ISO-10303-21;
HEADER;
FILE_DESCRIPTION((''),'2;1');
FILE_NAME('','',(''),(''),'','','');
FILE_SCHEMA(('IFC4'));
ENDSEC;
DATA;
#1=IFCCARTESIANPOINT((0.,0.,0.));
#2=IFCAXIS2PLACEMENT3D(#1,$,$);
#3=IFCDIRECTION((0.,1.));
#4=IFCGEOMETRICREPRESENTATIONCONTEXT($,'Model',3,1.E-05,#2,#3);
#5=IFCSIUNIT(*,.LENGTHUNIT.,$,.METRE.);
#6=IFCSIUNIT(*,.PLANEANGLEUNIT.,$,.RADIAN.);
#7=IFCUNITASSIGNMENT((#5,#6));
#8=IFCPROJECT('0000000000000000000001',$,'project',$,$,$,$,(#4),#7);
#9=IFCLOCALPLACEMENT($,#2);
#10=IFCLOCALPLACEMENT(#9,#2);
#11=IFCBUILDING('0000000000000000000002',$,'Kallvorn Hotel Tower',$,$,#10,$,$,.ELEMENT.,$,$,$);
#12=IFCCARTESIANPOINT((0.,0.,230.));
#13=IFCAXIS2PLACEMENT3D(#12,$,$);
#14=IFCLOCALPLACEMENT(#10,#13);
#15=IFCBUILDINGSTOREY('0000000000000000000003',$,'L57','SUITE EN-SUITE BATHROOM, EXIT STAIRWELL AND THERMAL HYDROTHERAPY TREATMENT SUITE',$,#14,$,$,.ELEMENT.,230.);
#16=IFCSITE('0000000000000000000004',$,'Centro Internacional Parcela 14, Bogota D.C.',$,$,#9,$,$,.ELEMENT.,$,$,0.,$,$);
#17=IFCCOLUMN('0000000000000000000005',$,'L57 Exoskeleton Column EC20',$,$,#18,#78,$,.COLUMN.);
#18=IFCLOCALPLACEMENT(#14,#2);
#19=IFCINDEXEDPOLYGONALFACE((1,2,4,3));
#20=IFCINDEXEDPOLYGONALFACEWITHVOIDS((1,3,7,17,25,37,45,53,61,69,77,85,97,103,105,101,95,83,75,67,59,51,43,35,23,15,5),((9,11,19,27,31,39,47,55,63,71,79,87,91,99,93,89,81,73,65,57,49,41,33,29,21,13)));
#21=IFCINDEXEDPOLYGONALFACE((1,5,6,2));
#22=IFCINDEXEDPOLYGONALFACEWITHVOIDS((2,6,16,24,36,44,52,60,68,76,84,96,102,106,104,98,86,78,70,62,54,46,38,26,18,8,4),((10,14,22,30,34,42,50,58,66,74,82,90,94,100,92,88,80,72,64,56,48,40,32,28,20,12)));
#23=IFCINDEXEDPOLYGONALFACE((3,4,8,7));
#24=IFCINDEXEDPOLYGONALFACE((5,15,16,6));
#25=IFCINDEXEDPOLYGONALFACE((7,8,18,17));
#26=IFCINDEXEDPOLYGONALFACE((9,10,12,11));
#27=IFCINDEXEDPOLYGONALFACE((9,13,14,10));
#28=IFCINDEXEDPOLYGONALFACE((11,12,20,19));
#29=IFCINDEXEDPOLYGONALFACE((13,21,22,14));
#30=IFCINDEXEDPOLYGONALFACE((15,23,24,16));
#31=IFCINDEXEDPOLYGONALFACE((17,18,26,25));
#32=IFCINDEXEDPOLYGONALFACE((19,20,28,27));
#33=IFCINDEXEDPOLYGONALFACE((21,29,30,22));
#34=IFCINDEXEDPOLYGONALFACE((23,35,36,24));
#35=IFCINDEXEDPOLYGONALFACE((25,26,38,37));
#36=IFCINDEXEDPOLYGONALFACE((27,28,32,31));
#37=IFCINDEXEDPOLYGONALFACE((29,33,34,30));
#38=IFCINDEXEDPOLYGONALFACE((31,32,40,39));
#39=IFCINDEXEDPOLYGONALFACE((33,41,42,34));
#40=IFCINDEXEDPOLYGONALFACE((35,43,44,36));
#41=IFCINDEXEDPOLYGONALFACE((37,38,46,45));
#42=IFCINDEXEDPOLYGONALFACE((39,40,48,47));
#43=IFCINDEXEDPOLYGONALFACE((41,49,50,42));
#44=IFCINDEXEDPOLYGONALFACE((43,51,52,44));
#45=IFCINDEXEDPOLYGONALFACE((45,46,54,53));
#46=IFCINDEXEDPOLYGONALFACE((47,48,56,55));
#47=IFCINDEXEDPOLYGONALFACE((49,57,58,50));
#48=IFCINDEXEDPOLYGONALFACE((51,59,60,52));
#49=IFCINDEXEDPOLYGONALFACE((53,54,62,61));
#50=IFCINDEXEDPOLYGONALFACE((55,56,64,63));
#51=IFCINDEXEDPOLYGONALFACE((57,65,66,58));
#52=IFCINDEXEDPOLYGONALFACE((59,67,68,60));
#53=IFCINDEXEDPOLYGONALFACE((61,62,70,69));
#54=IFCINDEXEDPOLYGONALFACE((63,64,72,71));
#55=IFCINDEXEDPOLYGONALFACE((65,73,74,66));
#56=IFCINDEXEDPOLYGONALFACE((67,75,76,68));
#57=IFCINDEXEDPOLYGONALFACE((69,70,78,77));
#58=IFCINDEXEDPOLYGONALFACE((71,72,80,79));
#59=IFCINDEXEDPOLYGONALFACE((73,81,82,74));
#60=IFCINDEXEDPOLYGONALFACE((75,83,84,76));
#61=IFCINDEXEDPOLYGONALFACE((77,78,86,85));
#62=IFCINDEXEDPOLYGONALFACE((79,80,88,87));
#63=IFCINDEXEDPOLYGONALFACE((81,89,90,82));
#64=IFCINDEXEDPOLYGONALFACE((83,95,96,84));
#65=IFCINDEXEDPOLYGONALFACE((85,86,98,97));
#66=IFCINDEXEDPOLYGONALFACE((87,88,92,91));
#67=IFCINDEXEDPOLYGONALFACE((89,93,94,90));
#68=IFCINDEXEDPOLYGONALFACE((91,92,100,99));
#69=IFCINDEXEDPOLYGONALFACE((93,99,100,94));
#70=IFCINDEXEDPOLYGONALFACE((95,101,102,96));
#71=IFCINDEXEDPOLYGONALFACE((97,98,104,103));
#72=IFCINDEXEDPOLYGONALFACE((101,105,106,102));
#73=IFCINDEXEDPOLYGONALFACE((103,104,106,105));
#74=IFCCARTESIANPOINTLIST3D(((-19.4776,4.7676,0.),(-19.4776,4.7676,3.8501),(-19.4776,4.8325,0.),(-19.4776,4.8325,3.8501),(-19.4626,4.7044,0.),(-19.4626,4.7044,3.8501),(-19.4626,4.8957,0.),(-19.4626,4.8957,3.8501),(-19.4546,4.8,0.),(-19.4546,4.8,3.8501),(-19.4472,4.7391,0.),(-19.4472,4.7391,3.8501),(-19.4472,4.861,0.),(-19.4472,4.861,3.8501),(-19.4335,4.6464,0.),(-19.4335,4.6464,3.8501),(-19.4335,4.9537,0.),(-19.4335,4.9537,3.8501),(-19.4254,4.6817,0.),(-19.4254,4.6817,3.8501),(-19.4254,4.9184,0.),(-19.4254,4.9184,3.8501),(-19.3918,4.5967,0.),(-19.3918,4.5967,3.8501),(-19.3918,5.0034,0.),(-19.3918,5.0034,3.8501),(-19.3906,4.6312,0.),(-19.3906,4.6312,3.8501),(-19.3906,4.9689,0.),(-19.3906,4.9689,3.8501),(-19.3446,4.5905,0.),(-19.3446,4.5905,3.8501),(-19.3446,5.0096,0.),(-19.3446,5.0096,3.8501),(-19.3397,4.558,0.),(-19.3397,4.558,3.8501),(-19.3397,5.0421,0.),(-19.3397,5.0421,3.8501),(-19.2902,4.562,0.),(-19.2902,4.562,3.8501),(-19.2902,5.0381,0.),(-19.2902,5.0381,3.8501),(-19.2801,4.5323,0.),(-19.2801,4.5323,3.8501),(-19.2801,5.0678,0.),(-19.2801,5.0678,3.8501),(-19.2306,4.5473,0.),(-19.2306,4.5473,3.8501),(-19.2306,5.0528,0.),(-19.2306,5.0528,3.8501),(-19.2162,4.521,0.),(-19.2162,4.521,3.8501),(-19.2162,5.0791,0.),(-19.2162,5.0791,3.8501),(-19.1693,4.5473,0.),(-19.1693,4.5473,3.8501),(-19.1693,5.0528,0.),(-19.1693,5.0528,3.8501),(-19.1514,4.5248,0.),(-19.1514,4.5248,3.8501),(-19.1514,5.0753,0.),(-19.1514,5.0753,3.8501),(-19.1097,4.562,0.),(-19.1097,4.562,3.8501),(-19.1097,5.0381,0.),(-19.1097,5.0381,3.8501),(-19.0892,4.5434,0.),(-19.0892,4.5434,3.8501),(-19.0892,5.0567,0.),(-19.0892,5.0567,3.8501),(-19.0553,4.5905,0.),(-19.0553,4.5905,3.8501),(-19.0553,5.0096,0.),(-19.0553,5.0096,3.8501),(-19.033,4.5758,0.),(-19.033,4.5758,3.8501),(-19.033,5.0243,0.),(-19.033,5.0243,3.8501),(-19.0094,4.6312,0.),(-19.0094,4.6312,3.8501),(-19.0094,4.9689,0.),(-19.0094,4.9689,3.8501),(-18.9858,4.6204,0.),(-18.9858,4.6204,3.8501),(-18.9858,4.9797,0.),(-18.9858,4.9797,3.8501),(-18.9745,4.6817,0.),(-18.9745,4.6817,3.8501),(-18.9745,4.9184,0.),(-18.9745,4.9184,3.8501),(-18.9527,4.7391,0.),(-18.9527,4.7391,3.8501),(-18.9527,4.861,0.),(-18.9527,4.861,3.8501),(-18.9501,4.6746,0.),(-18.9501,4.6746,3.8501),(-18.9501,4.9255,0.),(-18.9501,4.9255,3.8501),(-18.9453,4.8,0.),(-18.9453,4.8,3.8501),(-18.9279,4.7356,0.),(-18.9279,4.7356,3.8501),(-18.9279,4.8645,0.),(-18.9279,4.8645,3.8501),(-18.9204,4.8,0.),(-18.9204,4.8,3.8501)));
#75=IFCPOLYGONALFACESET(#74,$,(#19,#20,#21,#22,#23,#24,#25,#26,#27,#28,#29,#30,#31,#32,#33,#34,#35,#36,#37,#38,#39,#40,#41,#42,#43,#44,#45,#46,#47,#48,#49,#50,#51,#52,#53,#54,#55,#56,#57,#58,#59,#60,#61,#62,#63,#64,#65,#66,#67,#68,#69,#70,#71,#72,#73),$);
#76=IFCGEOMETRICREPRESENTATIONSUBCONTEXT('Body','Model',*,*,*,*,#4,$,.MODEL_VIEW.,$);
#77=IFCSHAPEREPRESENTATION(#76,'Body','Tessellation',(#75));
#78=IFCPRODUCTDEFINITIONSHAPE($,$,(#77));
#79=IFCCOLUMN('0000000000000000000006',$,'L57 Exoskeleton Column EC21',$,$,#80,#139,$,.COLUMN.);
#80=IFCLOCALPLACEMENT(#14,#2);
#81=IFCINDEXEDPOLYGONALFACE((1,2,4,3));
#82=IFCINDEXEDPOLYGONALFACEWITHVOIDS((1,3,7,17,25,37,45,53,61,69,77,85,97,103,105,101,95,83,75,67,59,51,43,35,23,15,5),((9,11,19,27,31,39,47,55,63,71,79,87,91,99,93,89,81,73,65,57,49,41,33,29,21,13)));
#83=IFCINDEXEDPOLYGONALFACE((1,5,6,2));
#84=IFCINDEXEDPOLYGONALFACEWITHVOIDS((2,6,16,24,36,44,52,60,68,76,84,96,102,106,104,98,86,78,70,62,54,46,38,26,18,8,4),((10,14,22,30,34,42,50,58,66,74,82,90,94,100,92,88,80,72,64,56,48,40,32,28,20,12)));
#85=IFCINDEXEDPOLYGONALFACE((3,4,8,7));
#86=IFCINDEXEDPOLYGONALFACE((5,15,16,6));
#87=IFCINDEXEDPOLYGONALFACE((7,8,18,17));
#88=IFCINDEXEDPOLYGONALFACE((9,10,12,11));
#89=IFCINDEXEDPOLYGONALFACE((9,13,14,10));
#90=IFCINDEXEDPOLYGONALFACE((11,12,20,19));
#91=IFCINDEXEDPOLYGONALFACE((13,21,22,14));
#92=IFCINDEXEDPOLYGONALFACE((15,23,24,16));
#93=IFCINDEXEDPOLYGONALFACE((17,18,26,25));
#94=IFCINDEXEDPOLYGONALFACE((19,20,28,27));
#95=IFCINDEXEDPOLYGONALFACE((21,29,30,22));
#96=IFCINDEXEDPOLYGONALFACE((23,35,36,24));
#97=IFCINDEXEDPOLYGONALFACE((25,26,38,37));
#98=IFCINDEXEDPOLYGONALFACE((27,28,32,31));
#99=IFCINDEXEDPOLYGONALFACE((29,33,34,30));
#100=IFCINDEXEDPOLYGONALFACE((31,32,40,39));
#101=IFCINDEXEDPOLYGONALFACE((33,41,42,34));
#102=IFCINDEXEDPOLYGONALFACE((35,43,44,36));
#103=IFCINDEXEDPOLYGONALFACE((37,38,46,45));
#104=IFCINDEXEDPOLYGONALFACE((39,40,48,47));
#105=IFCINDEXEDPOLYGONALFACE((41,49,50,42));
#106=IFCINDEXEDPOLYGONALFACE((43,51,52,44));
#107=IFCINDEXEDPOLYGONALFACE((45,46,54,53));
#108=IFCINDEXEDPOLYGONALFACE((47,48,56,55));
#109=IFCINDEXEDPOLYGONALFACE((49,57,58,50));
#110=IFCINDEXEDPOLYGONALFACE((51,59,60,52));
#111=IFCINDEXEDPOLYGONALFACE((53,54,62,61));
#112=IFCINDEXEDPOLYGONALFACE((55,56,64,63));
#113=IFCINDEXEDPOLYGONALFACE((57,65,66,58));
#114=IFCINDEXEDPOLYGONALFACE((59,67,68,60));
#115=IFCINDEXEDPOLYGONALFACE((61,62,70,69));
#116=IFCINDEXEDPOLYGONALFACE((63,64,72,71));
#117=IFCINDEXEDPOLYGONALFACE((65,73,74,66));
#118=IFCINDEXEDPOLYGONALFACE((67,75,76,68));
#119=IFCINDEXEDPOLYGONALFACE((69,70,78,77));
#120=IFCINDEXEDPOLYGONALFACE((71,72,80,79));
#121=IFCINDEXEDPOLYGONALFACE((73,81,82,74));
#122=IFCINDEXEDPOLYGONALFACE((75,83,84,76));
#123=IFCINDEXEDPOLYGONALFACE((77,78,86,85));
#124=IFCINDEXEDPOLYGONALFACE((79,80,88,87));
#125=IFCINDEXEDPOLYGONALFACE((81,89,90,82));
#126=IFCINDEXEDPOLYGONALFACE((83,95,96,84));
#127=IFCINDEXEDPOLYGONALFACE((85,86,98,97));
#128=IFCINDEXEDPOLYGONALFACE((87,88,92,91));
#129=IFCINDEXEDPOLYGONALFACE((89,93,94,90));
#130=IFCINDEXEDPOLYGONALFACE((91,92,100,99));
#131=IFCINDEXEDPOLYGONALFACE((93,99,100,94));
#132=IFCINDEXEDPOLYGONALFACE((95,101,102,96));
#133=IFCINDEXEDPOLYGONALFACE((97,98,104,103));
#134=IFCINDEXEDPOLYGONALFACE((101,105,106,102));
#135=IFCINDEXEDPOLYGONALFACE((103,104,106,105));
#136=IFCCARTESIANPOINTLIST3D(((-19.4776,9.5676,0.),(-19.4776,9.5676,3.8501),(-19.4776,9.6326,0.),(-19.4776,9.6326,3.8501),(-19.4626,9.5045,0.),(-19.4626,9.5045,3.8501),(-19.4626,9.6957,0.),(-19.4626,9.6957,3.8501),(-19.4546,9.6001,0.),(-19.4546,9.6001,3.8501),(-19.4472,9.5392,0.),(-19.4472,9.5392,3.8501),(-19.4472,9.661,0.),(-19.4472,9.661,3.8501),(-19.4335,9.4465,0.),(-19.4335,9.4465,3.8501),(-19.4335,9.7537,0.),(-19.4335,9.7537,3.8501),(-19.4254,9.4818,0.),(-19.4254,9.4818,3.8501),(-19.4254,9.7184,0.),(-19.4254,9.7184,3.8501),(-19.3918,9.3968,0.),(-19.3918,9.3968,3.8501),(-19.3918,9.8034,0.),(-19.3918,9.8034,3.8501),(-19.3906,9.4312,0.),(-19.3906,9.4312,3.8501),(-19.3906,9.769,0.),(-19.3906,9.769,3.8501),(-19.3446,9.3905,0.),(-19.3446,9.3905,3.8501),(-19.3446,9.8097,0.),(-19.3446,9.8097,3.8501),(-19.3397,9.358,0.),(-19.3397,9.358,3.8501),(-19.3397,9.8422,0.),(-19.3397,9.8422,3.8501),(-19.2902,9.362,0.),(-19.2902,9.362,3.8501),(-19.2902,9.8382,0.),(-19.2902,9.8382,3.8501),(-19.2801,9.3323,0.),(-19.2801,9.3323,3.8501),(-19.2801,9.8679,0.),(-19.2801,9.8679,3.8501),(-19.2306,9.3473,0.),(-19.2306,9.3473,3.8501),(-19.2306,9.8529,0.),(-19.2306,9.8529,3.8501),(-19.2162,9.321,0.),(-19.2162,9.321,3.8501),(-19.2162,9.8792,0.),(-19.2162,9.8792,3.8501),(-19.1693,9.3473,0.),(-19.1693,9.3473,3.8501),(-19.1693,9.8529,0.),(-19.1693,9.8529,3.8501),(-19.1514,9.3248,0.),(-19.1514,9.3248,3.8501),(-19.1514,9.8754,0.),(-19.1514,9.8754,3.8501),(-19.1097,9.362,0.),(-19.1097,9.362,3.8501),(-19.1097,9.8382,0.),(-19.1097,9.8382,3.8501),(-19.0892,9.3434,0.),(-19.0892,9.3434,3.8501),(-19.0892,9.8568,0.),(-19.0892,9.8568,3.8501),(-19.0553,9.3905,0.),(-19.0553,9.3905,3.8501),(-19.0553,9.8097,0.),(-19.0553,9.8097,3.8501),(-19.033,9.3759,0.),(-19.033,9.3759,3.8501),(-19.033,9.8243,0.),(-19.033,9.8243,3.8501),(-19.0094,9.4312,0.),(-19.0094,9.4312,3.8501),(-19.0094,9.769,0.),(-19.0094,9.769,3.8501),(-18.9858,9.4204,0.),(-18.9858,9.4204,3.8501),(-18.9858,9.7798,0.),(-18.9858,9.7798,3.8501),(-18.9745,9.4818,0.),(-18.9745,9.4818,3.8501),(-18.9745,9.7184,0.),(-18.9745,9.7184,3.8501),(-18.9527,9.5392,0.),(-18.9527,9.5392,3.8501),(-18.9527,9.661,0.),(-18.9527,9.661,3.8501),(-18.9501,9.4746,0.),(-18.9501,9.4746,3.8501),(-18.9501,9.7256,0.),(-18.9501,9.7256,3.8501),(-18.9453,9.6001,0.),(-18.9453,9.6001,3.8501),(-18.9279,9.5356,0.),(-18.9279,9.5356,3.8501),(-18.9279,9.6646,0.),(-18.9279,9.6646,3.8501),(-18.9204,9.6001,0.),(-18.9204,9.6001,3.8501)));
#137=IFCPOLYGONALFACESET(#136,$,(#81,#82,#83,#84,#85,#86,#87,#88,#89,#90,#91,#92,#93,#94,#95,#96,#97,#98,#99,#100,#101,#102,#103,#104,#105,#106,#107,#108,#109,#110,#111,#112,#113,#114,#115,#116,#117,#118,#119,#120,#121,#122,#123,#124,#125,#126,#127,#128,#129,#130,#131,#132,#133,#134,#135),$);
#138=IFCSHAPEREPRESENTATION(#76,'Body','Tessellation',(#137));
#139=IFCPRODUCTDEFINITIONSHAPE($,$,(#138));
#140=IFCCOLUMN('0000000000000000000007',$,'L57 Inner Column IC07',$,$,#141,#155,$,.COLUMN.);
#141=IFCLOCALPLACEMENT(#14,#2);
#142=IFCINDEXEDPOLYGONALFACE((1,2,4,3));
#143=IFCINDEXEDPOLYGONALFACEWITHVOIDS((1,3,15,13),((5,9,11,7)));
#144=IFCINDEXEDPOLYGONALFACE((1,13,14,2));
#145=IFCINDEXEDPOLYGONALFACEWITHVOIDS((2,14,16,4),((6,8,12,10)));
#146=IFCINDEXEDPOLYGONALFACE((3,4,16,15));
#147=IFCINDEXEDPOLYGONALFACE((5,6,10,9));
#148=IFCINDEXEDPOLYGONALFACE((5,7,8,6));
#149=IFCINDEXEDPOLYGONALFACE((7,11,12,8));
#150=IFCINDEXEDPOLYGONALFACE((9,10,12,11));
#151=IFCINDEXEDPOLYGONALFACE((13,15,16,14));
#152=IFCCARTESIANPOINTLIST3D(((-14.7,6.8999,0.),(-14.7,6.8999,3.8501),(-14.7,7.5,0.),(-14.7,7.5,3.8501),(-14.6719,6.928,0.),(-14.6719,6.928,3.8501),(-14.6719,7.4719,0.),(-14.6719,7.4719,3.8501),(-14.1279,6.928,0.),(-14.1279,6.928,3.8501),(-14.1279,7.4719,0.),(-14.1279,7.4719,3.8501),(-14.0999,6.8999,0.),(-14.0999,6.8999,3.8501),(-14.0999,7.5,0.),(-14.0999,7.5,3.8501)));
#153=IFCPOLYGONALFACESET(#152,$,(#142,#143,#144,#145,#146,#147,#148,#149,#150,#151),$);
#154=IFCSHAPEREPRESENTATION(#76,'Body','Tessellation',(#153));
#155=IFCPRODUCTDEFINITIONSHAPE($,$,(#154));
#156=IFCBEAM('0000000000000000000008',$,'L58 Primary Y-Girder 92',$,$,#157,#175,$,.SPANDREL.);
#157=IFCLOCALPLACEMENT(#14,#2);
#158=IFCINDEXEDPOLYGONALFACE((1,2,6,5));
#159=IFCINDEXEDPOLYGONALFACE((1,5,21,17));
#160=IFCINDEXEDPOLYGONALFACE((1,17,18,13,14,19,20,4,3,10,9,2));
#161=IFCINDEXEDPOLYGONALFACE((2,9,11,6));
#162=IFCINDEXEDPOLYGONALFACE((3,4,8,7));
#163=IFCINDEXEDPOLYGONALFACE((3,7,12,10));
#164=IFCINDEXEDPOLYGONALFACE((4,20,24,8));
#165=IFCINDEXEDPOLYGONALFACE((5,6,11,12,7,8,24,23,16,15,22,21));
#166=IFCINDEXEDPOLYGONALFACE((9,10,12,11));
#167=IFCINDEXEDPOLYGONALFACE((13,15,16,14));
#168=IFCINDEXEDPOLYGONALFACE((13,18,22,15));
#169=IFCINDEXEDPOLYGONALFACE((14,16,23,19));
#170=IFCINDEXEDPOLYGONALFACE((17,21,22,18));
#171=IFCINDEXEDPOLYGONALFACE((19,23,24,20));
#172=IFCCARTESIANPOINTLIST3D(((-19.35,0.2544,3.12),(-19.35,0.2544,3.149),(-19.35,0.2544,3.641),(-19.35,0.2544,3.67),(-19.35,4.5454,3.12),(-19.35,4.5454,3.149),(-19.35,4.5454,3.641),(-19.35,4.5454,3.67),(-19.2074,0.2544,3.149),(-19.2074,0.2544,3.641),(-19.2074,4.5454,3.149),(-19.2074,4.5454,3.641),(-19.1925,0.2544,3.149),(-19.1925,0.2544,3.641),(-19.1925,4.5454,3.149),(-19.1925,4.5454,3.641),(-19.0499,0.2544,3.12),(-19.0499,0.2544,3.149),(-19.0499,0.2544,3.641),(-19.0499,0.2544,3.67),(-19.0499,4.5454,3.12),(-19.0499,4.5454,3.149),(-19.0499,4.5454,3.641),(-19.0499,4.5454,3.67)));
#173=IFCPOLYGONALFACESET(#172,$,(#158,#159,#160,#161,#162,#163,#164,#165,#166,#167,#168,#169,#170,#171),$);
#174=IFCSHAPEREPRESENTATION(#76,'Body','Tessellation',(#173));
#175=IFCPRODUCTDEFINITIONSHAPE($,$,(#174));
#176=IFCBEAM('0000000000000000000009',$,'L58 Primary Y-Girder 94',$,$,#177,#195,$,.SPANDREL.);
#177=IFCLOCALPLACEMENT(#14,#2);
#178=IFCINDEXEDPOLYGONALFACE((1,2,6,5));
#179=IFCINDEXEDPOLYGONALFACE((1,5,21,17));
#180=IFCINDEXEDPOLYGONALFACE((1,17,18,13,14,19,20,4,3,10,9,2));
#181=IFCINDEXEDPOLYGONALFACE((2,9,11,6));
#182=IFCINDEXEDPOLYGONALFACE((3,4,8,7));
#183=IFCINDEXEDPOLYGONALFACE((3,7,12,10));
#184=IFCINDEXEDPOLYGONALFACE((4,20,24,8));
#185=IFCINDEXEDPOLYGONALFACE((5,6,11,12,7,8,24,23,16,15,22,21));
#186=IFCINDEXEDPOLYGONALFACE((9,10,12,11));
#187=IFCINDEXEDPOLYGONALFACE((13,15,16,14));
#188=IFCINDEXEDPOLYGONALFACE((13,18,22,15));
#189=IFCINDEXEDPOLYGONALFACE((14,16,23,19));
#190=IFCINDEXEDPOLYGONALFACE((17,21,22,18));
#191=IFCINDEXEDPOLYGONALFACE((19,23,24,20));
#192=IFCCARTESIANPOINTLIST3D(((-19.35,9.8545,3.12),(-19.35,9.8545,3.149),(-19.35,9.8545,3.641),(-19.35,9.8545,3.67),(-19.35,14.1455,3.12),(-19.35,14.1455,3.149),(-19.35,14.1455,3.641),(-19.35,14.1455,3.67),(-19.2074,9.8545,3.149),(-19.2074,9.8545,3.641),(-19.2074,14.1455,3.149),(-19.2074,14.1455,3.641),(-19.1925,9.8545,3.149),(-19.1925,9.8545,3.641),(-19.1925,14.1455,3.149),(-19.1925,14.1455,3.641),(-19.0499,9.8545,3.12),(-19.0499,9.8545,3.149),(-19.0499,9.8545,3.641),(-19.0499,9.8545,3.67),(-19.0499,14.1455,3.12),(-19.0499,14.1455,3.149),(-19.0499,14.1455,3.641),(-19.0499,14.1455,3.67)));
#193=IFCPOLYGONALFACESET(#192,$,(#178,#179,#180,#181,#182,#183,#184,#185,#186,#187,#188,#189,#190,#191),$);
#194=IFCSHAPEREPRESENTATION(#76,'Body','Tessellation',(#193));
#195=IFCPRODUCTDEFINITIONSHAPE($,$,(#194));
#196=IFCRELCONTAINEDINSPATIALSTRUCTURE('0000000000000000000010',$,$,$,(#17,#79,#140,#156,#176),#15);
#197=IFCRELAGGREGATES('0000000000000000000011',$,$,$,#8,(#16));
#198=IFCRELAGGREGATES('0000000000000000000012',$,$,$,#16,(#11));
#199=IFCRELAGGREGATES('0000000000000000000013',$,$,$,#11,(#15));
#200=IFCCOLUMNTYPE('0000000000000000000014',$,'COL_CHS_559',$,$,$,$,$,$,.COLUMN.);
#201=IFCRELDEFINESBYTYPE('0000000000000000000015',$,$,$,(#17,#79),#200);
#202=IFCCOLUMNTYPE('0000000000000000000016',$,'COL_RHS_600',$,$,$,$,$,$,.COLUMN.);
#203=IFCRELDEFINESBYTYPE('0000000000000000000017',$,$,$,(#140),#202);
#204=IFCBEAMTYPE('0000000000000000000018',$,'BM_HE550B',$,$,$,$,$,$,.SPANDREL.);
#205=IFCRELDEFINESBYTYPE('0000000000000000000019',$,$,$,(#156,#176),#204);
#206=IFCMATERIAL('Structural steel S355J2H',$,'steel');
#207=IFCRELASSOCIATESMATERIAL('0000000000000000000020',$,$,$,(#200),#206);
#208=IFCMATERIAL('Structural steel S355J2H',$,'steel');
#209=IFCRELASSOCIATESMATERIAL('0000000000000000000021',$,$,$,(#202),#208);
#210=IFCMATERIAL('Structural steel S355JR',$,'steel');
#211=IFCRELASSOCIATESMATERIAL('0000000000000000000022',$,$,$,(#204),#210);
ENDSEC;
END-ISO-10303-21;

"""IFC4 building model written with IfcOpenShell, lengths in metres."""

from ifc_helpers import new_model, si_unit, direction, frame, origin, origin_2d, place, context, subcontext, project, spatial, hollow_rectangle, hollow_circle, i_section, extrude, material, material_profile, profile_set, type_object, element, save


model = new_model("IFC4")

# Units and contexts
model_context = context("Model", 3, precision=1e-05, world=origin(), true_north=direction((0.0, 1.0)))
body_context = subcontext(model_context, "Body", "Model", "MODEL_VIEW")
ifc_project = project(units=[si_unit("LENGTHUNIT", "METRE"), si_unit("PLANEANGLEUNIT", "RADIAN")], contexts=[model_context])

# Site, building, storey
site_placement = place(None, origin())
site = spatial("IfcSite", under=ifc_project, at=site_placement, Name="Centro Internacional Parcela 14, Bogota D.C.", CompositionType="ELEMENT", RefElevation=0.0)
building_placement = place(site_placement, origin())
building = spatial("IfcBuilding", under=site, at=building_placement, Name="Kallvorn Hotel Tower", CompositionType="ELEMENT")
storey_placement = place(building_placement, frame((0.0, 0.0, 230.0)))
storey = spatial("IfcBuildingStorey", under=building, at=storey_placement, Name="L57", Description="SUITE EN-SUITE BATHROOM, EXIT STAIRWELL AND THERMAL HYDROTHERAPY TREATMENT SUITE", CompositionType="ELEMENT", Elevation=230.0)

# Columns
ifc_material_1 = material(Name="Structural steel S355J2H", Category="steel")
ifc_material_profile_1 = material_profile(ifc_material_1, hollow_circle(Radius=0.2795, WallThickness=0.0249, at=origin_2d()), Name="CHS 559x25")
ifc_profile_set_1 = profile_set([ifc_material_profile_1], Name="Structural steel S355J2H")
column_type_1 = type_object("IfcColumnType", Name="COL_CHS_559", PredefinedType="COLUMN", material=ifc_profile_set_1)
for number, where, z_axis, x_axis, name in (
    (1, (-19.2, 4.8, 0.0), (0.0, 0.0, 1.0), (1.0, 0.0, 0.0), "L57 Exoskeleton Column EC20"),
    (2, (-19.2, 9.6001, 0.0), (0.0, 0.0, 1.0), (1.0, 0.0, 0.0), "L57 Exoskeleton Column EC21"),
):
    element("IfcColumn", number, at=place(storey_placement, frame(where, z_axis=z_axis, x_axis=x_axis)), inside=storey, type_object=column_type_1, Name=name, PredefinedType="COLUMN", context=body_context, shape_type="SweptSolid", body=[
        extrude(hollow_circle(Radius=0.2795, WallThickness=0.0249, at=origin_2d()), origin(), (0.0, 0.0, 1.0), 3.8501),
    ])
ifc_material_2 = material(Name="Structural steel S355J2H", Category="steel")
ifc_material_profile_2 = material_profile(ifc_material_2, hollow_rectangle(XDim=0.6001, YDim=0.6001, WallThickness=0.0281, at=origin_2d()), Name="RHS 600x600x28")
ifc_profile_set_2 = profile_set([ifc_material_profile_2], Name="Structural steel S355J2H")
column_type_2 = type_object("IfcColumnType", Name="COL_RHS_600", PredefinedType="COLUMN", material=ifc_profile_set_2)
column_placement = place(storey_placement, frame((-14.3999, 7.2, 0.0), z_axis=(0.0, 0.0, 1.0), x_axis=(1.0, 0.0, 0.0)))
element("IfcColumn", 3, at=column_placement, inside=storey, type_object=column_type_2, Name="L57 Inner Column IC07", PredefinedType="COLUMN", context=body_context, shape_type="SweptSolid", body=[
    extrude(hollow_rectangle(XDim=0.6001, YDim=0.6001, WallThickness=0.0281, at=origin_2d()), origin(), (0.0, 0.0, 1.0), 3.8501),
])

# Beams
ifc_material_3 = material(Name="Structural steel S355JR", Category="steel")
ifc_material_profile_3 = material_profile(ifc_material_3, i_section(OverallWidth=0.3, OverallDepth=0.55, WebThickness=0.0149, FlangeThickness=0.0291, at=origin_2d()), Name="HE 550 B")
ifc_profile_set_3 = profile_set([ifc_material_profile_3], Name="Structural steel S355JR")
beam_type_1 = type_object("IfcBeamType", Name="BM_HE550B", PredefinedType="SPANDREL", material=ifc_profile_set_3)
for number, where, z_axis, x_axis, name in (
    (4, (-19.2, 0.2544, 3.395), (0.0, 1.0, 0.0), (-1.0, 0.0, 0.0), "L58 Primary Y-Girder 92"),
    (5, (-19.2, 9.8545, 3.395), (0.0, 1.0, 0.0), (-1.0, 0.0, 0.0), "L58 Primary Y-Girder 94"),
):
    element("IfcBeam", number, at=place(storey_placement, frame(where, z_axis=z_axis, x_axis=x_axis)), inside=storey, type_object=beam_type_1, Name=name, PredefinedType="SPANDREL", context=body_context, shape_type="SweptSolid", body=[
        extrude(i_section(OverallWidth=0.3, OverallDepth=0.55, WebThickness=0.0149, FlangeThickness=0.0291, at=origin_2d()), origin(), (0.0, 0.0, 1.0), 4.291),
    ])

save(model, "model.ifc")
